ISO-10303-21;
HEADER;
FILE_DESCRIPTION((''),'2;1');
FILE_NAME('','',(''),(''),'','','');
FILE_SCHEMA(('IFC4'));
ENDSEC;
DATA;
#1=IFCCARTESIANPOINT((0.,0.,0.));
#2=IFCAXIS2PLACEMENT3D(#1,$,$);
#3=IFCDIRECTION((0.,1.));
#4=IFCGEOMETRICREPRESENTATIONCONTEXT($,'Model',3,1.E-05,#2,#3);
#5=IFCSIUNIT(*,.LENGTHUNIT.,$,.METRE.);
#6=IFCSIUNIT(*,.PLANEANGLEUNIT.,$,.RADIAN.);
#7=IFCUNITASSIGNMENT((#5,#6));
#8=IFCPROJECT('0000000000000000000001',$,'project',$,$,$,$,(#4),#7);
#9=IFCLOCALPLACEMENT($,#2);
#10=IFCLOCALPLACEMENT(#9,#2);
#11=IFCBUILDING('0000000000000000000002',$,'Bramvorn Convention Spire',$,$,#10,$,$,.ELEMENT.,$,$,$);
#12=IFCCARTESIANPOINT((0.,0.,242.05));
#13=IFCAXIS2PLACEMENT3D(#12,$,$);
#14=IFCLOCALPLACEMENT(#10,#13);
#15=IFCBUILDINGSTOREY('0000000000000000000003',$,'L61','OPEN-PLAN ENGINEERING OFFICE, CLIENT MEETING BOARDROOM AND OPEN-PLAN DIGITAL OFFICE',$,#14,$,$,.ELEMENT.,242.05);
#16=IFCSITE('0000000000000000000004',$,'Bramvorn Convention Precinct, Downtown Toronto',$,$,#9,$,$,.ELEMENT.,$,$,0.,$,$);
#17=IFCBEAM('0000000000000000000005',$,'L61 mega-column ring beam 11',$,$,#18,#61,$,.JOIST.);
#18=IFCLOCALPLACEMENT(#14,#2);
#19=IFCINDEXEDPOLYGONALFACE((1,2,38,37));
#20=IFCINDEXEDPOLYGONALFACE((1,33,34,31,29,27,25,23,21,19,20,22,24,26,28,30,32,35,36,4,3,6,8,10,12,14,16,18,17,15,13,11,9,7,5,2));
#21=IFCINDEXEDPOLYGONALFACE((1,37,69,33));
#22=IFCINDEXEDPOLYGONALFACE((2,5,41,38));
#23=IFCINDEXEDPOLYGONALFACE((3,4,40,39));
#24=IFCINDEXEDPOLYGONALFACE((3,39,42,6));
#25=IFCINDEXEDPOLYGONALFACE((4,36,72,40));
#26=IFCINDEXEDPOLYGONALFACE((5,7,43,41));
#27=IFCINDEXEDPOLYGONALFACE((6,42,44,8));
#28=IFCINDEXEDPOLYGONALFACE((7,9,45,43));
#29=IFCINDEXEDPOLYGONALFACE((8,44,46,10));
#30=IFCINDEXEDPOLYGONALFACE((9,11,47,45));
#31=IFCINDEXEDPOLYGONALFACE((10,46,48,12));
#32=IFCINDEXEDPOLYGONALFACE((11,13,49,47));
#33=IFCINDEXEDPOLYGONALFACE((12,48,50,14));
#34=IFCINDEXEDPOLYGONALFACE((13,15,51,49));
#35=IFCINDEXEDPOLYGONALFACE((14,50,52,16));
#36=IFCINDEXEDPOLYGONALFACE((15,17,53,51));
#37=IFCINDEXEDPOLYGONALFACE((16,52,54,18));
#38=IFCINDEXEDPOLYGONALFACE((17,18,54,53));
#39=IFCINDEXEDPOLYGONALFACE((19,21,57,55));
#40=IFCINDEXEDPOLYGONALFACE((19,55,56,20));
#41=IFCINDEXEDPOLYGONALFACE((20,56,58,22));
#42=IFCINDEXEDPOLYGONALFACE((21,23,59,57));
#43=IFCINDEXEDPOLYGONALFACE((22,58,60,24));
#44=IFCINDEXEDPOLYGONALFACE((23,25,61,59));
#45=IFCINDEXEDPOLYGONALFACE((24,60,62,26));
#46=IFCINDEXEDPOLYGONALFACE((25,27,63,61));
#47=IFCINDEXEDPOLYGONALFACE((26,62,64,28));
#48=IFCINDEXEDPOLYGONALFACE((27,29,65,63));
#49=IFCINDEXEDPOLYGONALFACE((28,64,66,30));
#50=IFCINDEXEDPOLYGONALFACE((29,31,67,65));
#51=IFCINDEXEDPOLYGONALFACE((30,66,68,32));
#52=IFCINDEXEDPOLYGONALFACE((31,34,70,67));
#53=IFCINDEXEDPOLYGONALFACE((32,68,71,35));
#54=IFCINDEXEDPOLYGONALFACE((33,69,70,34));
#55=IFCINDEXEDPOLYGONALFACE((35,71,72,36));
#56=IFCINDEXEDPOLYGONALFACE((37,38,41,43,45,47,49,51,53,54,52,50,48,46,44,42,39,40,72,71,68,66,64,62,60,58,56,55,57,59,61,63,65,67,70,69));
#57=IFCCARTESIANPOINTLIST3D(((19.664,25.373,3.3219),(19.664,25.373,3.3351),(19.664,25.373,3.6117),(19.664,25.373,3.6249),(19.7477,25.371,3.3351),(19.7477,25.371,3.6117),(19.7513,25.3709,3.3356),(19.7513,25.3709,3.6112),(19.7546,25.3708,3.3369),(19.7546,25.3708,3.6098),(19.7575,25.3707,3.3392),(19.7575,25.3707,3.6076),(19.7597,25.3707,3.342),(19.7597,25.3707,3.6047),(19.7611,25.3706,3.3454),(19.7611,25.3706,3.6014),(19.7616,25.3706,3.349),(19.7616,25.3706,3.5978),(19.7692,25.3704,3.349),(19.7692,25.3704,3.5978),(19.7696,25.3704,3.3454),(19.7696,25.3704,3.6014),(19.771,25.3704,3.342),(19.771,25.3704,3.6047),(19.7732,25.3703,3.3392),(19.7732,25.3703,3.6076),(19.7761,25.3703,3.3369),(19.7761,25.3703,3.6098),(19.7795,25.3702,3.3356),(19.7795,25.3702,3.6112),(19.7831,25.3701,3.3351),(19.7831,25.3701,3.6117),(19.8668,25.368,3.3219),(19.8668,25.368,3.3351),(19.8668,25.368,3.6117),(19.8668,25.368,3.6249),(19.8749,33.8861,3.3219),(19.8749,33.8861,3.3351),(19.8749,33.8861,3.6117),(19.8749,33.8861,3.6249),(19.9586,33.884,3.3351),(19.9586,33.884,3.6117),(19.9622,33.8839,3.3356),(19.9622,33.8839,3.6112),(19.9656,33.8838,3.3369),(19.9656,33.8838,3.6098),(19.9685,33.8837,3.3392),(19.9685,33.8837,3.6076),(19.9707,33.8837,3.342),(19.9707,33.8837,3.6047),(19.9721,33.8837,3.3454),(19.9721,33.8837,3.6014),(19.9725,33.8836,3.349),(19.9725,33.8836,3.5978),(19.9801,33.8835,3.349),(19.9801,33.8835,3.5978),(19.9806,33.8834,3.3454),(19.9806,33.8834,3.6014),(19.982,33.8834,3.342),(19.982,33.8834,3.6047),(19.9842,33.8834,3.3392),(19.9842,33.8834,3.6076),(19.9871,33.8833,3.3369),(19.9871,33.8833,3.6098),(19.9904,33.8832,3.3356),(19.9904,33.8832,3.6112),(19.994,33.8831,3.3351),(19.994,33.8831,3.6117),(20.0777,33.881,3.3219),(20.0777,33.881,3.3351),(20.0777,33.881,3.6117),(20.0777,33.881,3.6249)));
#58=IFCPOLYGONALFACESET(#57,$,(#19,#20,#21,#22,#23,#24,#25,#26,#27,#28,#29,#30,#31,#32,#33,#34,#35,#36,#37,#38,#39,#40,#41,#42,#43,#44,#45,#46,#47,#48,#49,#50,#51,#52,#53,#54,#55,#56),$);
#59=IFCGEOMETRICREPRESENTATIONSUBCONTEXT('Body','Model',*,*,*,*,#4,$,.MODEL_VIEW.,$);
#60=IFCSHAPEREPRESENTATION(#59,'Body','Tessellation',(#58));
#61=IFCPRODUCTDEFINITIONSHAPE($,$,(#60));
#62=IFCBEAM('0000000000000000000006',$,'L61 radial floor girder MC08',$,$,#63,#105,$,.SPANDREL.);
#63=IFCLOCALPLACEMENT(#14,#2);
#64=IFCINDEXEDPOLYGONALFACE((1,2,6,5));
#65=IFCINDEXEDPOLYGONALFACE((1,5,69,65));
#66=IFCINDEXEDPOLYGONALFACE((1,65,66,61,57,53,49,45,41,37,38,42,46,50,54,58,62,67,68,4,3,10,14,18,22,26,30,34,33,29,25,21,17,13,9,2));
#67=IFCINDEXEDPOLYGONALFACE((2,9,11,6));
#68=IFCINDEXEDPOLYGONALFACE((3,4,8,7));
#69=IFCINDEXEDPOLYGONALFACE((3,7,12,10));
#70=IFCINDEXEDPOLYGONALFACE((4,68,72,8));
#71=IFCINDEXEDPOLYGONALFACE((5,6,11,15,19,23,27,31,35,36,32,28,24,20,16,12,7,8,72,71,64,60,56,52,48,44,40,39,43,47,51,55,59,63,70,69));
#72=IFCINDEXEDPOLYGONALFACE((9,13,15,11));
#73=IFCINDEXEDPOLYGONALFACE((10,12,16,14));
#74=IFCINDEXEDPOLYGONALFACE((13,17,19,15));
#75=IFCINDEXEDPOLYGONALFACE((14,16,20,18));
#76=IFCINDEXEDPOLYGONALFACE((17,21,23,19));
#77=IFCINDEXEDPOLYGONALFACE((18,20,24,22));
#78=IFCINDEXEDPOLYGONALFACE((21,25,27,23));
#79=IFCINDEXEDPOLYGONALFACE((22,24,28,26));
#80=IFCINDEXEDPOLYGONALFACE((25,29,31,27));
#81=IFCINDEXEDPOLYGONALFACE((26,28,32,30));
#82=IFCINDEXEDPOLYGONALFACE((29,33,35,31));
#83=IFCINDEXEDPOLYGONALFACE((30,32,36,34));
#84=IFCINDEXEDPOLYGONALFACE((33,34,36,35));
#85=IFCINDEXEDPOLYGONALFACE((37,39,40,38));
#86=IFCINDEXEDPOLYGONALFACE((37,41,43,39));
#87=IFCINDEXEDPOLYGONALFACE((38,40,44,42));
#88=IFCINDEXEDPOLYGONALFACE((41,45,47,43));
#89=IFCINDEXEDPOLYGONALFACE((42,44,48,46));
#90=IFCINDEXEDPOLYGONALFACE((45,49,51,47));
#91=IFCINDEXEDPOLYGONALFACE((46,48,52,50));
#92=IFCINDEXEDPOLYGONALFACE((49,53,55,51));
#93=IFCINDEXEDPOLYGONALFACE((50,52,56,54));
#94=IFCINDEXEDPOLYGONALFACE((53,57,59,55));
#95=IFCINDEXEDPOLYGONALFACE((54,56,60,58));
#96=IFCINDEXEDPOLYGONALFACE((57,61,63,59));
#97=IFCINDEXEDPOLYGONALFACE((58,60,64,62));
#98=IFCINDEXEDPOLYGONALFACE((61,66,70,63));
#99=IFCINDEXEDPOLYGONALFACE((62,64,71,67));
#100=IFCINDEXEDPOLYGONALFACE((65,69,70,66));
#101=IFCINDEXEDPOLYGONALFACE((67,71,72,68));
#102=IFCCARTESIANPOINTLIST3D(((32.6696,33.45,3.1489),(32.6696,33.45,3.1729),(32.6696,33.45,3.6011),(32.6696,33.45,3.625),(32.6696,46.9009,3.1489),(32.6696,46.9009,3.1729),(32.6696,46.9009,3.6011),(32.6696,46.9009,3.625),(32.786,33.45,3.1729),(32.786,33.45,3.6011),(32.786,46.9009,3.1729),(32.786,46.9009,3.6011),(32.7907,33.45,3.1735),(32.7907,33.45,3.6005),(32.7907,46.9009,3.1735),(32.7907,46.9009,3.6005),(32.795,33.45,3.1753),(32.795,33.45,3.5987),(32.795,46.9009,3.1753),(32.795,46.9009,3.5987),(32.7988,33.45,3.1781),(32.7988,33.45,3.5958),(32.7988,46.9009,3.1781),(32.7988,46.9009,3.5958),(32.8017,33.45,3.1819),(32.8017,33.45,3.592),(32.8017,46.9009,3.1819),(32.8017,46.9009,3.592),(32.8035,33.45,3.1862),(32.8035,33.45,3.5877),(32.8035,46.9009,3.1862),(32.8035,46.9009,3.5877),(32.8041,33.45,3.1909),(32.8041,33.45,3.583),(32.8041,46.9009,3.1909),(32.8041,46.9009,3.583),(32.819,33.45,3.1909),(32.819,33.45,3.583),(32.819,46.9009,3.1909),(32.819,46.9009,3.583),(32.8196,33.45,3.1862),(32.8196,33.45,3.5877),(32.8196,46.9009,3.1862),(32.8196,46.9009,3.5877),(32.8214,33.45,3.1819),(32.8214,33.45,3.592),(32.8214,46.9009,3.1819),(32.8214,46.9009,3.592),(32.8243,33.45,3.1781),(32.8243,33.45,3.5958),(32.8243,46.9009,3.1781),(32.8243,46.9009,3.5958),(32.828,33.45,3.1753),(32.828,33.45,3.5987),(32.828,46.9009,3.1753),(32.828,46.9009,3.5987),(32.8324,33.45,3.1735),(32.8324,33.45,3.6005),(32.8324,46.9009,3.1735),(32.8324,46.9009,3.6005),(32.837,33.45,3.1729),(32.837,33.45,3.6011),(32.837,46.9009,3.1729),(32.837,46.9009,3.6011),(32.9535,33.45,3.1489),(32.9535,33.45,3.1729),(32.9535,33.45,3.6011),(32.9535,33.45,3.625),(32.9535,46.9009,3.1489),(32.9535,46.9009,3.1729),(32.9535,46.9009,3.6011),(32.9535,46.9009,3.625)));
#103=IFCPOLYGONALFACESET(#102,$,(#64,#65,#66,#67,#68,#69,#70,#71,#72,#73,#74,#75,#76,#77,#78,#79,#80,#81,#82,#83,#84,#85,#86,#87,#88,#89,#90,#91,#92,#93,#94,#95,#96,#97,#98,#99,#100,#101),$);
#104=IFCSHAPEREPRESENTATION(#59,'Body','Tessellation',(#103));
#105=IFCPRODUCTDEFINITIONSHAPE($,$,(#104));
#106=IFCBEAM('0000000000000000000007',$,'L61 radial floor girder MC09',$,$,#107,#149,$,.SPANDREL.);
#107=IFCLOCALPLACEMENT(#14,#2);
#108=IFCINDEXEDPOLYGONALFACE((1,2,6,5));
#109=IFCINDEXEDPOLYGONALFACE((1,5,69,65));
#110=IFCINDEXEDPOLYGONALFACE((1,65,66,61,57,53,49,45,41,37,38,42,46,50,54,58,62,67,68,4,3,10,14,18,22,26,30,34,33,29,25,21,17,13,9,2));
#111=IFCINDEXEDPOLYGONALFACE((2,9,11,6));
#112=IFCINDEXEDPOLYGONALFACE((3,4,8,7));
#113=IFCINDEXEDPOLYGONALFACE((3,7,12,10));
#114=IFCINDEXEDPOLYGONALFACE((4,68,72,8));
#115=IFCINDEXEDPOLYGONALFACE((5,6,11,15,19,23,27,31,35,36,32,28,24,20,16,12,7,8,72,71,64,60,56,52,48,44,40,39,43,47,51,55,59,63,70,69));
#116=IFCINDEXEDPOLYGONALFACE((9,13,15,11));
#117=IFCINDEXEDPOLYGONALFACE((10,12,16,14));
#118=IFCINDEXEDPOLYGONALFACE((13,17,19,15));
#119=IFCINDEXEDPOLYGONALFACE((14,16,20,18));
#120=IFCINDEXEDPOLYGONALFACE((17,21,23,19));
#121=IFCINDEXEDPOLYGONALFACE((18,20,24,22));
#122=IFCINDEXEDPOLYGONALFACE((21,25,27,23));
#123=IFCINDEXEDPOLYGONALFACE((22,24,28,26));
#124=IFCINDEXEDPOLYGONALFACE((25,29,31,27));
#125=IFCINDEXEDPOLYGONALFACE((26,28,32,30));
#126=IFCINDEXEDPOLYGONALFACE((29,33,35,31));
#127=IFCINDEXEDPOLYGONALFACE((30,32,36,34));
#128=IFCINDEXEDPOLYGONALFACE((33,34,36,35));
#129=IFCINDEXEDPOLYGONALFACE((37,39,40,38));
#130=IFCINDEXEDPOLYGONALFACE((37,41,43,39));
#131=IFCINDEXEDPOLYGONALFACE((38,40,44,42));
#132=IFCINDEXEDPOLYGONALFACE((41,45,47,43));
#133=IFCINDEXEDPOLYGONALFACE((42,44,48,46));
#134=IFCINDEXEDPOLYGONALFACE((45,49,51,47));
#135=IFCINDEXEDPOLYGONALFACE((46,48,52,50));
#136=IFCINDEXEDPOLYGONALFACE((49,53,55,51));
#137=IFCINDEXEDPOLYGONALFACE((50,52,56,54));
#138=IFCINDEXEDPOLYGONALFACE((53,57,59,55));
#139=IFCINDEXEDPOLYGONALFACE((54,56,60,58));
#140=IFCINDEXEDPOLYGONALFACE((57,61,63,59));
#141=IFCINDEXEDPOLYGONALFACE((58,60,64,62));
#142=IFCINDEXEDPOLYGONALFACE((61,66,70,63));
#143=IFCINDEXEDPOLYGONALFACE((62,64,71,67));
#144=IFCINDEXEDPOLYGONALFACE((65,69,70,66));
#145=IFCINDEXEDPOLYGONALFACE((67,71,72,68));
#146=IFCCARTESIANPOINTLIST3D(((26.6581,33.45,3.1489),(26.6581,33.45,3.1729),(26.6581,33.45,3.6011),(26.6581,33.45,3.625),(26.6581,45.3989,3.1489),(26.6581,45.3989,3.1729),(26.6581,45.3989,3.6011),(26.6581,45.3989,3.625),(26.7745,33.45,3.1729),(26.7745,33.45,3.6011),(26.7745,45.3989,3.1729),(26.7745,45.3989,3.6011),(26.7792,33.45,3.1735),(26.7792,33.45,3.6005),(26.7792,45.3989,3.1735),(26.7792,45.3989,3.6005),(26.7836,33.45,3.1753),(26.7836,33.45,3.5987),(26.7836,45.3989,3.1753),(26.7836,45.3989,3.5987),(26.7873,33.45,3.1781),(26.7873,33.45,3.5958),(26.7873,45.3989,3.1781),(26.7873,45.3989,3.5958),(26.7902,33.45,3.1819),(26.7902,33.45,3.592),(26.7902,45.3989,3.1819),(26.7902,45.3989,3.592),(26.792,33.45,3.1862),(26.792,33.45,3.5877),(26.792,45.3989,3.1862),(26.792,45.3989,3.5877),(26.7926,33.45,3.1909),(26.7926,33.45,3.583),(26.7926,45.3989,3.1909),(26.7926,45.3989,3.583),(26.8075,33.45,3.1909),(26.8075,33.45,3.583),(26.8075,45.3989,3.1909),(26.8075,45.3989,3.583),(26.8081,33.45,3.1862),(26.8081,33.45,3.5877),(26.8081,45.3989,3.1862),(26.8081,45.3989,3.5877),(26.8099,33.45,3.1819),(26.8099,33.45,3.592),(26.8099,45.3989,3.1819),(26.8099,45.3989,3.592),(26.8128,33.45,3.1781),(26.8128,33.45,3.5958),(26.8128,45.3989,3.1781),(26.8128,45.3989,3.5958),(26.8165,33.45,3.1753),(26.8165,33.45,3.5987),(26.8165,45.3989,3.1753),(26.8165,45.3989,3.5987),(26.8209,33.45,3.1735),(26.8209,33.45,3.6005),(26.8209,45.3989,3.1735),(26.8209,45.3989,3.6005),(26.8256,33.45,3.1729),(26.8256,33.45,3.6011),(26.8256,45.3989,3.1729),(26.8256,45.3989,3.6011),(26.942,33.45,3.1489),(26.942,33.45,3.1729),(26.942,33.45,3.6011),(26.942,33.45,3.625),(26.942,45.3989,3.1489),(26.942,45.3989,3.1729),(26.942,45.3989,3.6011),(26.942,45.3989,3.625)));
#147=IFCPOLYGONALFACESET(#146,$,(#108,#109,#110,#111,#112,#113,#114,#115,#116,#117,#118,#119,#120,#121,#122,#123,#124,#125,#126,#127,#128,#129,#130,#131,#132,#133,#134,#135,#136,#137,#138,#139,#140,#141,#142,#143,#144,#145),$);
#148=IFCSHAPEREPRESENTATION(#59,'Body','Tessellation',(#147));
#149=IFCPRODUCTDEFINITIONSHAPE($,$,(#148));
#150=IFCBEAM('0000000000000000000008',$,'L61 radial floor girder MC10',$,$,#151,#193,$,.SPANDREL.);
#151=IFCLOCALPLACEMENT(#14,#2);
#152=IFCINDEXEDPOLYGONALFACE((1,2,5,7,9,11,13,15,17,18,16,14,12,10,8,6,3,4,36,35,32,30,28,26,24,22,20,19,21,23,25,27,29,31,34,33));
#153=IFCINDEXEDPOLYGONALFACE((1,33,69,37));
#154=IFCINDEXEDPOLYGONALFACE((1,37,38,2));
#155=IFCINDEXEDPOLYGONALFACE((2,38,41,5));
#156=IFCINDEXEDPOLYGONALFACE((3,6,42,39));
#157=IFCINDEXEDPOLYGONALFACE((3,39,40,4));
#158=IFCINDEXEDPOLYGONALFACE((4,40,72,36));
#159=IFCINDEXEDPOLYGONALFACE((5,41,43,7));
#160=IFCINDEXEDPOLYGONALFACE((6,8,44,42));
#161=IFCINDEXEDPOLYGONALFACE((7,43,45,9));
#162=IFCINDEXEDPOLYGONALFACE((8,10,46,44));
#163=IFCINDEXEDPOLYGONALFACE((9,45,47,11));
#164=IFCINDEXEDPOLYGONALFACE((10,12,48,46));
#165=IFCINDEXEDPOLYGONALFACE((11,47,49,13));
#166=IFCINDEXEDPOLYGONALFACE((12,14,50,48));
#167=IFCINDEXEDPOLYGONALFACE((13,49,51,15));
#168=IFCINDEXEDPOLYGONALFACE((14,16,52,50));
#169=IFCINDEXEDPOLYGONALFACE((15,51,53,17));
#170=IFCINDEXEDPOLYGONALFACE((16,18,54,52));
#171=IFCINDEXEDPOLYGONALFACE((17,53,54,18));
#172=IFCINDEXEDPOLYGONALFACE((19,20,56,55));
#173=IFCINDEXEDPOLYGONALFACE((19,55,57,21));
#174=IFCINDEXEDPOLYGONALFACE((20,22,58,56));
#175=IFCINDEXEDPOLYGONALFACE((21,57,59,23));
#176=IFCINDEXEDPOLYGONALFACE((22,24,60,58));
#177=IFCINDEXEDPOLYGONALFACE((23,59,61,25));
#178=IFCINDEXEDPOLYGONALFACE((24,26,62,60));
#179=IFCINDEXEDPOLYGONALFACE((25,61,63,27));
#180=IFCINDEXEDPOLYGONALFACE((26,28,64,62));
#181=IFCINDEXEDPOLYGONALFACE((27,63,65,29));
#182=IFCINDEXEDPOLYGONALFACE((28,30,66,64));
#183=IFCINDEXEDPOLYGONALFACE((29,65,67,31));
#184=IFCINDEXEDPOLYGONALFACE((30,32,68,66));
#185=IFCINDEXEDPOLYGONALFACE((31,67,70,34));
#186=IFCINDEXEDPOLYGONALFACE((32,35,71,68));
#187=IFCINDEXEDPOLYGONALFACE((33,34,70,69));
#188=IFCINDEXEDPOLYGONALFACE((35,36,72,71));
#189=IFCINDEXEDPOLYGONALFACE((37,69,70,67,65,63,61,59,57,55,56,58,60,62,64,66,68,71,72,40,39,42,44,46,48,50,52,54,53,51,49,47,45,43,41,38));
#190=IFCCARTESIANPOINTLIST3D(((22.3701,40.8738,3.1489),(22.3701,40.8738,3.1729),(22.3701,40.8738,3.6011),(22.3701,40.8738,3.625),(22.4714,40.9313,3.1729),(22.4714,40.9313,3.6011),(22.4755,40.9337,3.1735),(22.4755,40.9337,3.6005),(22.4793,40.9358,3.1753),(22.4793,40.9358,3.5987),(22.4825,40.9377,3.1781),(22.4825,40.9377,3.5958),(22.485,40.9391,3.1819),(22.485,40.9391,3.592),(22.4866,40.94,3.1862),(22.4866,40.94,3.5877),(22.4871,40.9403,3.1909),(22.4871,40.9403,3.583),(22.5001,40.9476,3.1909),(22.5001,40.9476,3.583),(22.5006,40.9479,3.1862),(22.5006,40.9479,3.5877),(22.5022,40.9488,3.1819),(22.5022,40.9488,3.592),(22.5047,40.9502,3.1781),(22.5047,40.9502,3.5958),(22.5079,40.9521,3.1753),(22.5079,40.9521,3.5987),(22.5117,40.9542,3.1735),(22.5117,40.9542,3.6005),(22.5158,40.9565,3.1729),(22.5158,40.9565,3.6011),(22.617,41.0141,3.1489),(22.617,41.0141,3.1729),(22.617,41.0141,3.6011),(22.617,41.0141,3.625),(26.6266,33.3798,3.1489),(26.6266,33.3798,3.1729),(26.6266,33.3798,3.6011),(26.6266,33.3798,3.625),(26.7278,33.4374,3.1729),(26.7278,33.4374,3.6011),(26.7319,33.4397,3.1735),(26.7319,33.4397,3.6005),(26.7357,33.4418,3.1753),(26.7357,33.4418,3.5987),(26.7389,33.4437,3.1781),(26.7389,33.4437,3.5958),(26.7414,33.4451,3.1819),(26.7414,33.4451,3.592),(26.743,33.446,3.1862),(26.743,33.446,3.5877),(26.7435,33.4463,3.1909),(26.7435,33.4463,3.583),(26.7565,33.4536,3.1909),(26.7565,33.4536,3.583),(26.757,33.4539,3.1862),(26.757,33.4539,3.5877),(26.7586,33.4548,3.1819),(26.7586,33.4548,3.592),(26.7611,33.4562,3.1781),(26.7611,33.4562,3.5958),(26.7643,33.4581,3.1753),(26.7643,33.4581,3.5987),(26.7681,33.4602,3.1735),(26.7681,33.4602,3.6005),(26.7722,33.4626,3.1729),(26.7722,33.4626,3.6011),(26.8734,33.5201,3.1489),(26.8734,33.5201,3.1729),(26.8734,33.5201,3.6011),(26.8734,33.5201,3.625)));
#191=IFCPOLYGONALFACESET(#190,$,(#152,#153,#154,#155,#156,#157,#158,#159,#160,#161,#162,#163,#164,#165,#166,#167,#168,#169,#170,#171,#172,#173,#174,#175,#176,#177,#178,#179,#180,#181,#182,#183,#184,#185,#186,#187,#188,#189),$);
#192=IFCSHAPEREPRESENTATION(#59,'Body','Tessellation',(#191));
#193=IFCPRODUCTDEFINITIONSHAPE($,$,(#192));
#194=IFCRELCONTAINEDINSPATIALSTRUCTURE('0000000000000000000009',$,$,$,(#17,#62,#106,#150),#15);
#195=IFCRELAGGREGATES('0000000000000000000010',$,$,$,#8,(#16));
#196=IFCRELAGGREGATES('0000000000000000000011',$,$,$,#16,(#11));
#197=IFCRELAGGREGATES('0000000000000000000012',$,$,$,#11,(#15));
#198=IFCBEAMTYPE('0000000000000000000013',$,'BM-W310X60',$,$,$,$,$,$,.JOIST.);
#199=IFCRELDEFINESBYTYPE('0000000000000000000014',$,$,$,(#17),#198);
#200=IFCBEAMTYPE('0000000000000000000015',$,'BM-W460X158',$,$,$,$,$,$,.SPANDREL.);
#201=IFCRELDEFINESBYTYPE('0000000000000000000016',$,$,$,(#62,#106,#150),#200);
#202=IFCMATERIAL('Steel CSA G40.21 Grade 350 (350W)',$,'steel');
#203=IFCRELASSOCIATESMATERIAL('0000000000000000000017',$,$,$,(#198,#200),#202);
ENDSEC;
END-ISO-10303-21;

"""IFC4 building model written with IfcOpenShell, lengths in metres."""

from ifc_helpers import new_model, si_unit, direction, frame, origin, origin_2d, place, context, subcontext, project, spatial, i_section, extrude, material, material_profile, profile_set, type_object, element, save


model = new_model("IFC4")

# Units and contexts
model_context = context("Model", 3, precision=1e-05, world=origin(), true_north=direction((0.0, 1.0)))
body_context = subcontext(model_context, "Body", "Model", "MODEL_VIEW")
ifc_project = project(units=[si_unit("LENGTHUNIT", "METRE"), si_unit("PLANEANGLEUNIT", "RADIAN")], contexts=[model_context])

# Site, building, storey
site_placement = place(None, origin())
site = spatial("IfcSite", under=ifc_project, at=site_placement, Name="Bramvorn Convention Precinct, Downtown Toronto", CompositionType="ELEMENT", RefElevation=0.0)
building_placement = place(site_placement, origin())
building = spatial("IfcBuilding", under=site, at=building_placement, Name="Bramvorn Convention Spire", CompositionType="ELEMENT")
storey_placement = place(building_placement, frame((0.0, 0.0, 242.05)))
storey = spatial("IfcBuildingStorey", under=building, at=storey_placement, Name="L61", Description="OPEN-PLAN ENGINEERING OFFICE, CLIENT MEETING BOARDROOM AND OPEN-PLAN DIGITAL OFFICE", CompositionType="ELEMENT", Elevation=242.05)

# Shared definitions
ifc_material_1 = material(Name="Steel CSA G40.21 Grade 350 (350W)", Category="steel")

# Beams
ifc_material_profile_1 = material_profile(ifc_material_1, i_section(OverallWidth=0.2029, OverallDepth=0.303, WebThickness=0.0076, FlangeThickness=0.0132, FilletRadius=0.0139, at=origin_2d()))
ifc_profile_set_1 = profile_set([ifc_material_profile_1], Name="Steel CSA G40.21 Grade 350 (350W) - W310X60")
beam_type_1 = type_object("IfcBeamType", Name="BM-W310X60", PredefinedType="JOIST", material=ifc_profile_set_1)
beam_1_placement = place(storey_placement, frame((19.9763, 33.8835, 3.4734), z_axis=(-0.024771, -0.999693, 0.0), x_axis=(0.999693, -0.024771, 0.0)))
element("IfcBeam", 1, at=beam_1_placement, inside=storey, type_object=beam_type_1, Name="L61 mega-column ring beam 11", PredefinedType="JOIST", context=body_context, shape_type="SweptSolid", body=[
    extrude(i_section(OverallWidth=0.2029, OverallDepth=0.303, WebThickness=0.0076, FlangeThickness=0.0132, FilletRadius=0.0139, at=origin_2d()), origin(), (0.0, 0.0, 1.0), 8.5156),
])
ifc_material_profile_2 = material_profile(ifc_material_1, i_section(OverallWidth=0.2839, OverallDepth=0.4761, WebThickness=0.0149, FlangeThickness=0.0239, FilletRadius=0.0181, at=origin_2d()))
ifc_profile_set_2 = profile_set([ifc_material_profile_2], Name="Steel CSA G40.21 Grade 350 (350W) - W460X158")
beam_type_2 = type_object("IfcBeamType", Name="BM-W460X158", PredefinedType="SPANDREL", material=ifc_profile_set_2)
beam_2_placement = place(storey_placement, frame((32.8115, 33.45, 3.387), z_axis=(0.0, 1.0, 0.0), x_axis=(-1.0, 0.0, 0.0)))
element("IfcBeam", 2, at=beam_2_placement, inside=storey, type_object=beam_type_2, Name="L61 radial floor girder MC08", PredefinedType="SPANDREL", context=body_context, shape_type="SweptSolid", body=[
    extrude(i_section(OverallWidth=0.2839, OverallDepth=0.4761, WebThickness=0.0149, FlangeThickness=0.0239, FilletRadius=0.0181, at=origin_2d()), origin(), (0.0, 0.0, 1.0), 13.4509),
])
beam_3_placement = place(storey_placement, frame((26.8, 33.45, 3.387), z_axis=(0.0, 1.0, 0.0), x_axis=(-1.0, 0.0, 0.0)))
element("IfcBeam", 3, at=beam_3_placement, inside=storey, type_object=beam_type_2, Name="L61 radial floor girder MC09", PredefinedType="SPANDREL", context=body_context, shape_type="SweptSolid", body=[
    extrude(i_section(OverallWidth=0.2839, OverallDepth=0.4761, WebThickness=0.0149, FlangeThickness=0.0239, FilletRadius=0.0181, at=origin_2d()), origin(), (0.0, 0.0, 1.0), 11.949),
])
beam_4_placement = place(storey_placement, frame((26.75, 33.45, 3.387), z_axis=(-0.493874, 0.869534, 0.0), x_axis=(-0.869534, -0.493874, 0.0)))
element("IfcBeam", 4, at=beam_4_placement, inside=storey, type_object=beam_type_2, Name="L61 radial floor girder MC10", PredefinedType="SPANDREL", context=body_context, shape_type="SweptSolid", body=[
    extrude(i_section(OverallWidth=0.2839, OverallDepth=0.4761, WebThickness=0.0149, FlangeThickness=0.0239, FilletRadius=0.0181, at=origin_2d()), origin(), (0.0, 0.0, 1.0), 8.6184),
])

save(model, "model.ifc")
